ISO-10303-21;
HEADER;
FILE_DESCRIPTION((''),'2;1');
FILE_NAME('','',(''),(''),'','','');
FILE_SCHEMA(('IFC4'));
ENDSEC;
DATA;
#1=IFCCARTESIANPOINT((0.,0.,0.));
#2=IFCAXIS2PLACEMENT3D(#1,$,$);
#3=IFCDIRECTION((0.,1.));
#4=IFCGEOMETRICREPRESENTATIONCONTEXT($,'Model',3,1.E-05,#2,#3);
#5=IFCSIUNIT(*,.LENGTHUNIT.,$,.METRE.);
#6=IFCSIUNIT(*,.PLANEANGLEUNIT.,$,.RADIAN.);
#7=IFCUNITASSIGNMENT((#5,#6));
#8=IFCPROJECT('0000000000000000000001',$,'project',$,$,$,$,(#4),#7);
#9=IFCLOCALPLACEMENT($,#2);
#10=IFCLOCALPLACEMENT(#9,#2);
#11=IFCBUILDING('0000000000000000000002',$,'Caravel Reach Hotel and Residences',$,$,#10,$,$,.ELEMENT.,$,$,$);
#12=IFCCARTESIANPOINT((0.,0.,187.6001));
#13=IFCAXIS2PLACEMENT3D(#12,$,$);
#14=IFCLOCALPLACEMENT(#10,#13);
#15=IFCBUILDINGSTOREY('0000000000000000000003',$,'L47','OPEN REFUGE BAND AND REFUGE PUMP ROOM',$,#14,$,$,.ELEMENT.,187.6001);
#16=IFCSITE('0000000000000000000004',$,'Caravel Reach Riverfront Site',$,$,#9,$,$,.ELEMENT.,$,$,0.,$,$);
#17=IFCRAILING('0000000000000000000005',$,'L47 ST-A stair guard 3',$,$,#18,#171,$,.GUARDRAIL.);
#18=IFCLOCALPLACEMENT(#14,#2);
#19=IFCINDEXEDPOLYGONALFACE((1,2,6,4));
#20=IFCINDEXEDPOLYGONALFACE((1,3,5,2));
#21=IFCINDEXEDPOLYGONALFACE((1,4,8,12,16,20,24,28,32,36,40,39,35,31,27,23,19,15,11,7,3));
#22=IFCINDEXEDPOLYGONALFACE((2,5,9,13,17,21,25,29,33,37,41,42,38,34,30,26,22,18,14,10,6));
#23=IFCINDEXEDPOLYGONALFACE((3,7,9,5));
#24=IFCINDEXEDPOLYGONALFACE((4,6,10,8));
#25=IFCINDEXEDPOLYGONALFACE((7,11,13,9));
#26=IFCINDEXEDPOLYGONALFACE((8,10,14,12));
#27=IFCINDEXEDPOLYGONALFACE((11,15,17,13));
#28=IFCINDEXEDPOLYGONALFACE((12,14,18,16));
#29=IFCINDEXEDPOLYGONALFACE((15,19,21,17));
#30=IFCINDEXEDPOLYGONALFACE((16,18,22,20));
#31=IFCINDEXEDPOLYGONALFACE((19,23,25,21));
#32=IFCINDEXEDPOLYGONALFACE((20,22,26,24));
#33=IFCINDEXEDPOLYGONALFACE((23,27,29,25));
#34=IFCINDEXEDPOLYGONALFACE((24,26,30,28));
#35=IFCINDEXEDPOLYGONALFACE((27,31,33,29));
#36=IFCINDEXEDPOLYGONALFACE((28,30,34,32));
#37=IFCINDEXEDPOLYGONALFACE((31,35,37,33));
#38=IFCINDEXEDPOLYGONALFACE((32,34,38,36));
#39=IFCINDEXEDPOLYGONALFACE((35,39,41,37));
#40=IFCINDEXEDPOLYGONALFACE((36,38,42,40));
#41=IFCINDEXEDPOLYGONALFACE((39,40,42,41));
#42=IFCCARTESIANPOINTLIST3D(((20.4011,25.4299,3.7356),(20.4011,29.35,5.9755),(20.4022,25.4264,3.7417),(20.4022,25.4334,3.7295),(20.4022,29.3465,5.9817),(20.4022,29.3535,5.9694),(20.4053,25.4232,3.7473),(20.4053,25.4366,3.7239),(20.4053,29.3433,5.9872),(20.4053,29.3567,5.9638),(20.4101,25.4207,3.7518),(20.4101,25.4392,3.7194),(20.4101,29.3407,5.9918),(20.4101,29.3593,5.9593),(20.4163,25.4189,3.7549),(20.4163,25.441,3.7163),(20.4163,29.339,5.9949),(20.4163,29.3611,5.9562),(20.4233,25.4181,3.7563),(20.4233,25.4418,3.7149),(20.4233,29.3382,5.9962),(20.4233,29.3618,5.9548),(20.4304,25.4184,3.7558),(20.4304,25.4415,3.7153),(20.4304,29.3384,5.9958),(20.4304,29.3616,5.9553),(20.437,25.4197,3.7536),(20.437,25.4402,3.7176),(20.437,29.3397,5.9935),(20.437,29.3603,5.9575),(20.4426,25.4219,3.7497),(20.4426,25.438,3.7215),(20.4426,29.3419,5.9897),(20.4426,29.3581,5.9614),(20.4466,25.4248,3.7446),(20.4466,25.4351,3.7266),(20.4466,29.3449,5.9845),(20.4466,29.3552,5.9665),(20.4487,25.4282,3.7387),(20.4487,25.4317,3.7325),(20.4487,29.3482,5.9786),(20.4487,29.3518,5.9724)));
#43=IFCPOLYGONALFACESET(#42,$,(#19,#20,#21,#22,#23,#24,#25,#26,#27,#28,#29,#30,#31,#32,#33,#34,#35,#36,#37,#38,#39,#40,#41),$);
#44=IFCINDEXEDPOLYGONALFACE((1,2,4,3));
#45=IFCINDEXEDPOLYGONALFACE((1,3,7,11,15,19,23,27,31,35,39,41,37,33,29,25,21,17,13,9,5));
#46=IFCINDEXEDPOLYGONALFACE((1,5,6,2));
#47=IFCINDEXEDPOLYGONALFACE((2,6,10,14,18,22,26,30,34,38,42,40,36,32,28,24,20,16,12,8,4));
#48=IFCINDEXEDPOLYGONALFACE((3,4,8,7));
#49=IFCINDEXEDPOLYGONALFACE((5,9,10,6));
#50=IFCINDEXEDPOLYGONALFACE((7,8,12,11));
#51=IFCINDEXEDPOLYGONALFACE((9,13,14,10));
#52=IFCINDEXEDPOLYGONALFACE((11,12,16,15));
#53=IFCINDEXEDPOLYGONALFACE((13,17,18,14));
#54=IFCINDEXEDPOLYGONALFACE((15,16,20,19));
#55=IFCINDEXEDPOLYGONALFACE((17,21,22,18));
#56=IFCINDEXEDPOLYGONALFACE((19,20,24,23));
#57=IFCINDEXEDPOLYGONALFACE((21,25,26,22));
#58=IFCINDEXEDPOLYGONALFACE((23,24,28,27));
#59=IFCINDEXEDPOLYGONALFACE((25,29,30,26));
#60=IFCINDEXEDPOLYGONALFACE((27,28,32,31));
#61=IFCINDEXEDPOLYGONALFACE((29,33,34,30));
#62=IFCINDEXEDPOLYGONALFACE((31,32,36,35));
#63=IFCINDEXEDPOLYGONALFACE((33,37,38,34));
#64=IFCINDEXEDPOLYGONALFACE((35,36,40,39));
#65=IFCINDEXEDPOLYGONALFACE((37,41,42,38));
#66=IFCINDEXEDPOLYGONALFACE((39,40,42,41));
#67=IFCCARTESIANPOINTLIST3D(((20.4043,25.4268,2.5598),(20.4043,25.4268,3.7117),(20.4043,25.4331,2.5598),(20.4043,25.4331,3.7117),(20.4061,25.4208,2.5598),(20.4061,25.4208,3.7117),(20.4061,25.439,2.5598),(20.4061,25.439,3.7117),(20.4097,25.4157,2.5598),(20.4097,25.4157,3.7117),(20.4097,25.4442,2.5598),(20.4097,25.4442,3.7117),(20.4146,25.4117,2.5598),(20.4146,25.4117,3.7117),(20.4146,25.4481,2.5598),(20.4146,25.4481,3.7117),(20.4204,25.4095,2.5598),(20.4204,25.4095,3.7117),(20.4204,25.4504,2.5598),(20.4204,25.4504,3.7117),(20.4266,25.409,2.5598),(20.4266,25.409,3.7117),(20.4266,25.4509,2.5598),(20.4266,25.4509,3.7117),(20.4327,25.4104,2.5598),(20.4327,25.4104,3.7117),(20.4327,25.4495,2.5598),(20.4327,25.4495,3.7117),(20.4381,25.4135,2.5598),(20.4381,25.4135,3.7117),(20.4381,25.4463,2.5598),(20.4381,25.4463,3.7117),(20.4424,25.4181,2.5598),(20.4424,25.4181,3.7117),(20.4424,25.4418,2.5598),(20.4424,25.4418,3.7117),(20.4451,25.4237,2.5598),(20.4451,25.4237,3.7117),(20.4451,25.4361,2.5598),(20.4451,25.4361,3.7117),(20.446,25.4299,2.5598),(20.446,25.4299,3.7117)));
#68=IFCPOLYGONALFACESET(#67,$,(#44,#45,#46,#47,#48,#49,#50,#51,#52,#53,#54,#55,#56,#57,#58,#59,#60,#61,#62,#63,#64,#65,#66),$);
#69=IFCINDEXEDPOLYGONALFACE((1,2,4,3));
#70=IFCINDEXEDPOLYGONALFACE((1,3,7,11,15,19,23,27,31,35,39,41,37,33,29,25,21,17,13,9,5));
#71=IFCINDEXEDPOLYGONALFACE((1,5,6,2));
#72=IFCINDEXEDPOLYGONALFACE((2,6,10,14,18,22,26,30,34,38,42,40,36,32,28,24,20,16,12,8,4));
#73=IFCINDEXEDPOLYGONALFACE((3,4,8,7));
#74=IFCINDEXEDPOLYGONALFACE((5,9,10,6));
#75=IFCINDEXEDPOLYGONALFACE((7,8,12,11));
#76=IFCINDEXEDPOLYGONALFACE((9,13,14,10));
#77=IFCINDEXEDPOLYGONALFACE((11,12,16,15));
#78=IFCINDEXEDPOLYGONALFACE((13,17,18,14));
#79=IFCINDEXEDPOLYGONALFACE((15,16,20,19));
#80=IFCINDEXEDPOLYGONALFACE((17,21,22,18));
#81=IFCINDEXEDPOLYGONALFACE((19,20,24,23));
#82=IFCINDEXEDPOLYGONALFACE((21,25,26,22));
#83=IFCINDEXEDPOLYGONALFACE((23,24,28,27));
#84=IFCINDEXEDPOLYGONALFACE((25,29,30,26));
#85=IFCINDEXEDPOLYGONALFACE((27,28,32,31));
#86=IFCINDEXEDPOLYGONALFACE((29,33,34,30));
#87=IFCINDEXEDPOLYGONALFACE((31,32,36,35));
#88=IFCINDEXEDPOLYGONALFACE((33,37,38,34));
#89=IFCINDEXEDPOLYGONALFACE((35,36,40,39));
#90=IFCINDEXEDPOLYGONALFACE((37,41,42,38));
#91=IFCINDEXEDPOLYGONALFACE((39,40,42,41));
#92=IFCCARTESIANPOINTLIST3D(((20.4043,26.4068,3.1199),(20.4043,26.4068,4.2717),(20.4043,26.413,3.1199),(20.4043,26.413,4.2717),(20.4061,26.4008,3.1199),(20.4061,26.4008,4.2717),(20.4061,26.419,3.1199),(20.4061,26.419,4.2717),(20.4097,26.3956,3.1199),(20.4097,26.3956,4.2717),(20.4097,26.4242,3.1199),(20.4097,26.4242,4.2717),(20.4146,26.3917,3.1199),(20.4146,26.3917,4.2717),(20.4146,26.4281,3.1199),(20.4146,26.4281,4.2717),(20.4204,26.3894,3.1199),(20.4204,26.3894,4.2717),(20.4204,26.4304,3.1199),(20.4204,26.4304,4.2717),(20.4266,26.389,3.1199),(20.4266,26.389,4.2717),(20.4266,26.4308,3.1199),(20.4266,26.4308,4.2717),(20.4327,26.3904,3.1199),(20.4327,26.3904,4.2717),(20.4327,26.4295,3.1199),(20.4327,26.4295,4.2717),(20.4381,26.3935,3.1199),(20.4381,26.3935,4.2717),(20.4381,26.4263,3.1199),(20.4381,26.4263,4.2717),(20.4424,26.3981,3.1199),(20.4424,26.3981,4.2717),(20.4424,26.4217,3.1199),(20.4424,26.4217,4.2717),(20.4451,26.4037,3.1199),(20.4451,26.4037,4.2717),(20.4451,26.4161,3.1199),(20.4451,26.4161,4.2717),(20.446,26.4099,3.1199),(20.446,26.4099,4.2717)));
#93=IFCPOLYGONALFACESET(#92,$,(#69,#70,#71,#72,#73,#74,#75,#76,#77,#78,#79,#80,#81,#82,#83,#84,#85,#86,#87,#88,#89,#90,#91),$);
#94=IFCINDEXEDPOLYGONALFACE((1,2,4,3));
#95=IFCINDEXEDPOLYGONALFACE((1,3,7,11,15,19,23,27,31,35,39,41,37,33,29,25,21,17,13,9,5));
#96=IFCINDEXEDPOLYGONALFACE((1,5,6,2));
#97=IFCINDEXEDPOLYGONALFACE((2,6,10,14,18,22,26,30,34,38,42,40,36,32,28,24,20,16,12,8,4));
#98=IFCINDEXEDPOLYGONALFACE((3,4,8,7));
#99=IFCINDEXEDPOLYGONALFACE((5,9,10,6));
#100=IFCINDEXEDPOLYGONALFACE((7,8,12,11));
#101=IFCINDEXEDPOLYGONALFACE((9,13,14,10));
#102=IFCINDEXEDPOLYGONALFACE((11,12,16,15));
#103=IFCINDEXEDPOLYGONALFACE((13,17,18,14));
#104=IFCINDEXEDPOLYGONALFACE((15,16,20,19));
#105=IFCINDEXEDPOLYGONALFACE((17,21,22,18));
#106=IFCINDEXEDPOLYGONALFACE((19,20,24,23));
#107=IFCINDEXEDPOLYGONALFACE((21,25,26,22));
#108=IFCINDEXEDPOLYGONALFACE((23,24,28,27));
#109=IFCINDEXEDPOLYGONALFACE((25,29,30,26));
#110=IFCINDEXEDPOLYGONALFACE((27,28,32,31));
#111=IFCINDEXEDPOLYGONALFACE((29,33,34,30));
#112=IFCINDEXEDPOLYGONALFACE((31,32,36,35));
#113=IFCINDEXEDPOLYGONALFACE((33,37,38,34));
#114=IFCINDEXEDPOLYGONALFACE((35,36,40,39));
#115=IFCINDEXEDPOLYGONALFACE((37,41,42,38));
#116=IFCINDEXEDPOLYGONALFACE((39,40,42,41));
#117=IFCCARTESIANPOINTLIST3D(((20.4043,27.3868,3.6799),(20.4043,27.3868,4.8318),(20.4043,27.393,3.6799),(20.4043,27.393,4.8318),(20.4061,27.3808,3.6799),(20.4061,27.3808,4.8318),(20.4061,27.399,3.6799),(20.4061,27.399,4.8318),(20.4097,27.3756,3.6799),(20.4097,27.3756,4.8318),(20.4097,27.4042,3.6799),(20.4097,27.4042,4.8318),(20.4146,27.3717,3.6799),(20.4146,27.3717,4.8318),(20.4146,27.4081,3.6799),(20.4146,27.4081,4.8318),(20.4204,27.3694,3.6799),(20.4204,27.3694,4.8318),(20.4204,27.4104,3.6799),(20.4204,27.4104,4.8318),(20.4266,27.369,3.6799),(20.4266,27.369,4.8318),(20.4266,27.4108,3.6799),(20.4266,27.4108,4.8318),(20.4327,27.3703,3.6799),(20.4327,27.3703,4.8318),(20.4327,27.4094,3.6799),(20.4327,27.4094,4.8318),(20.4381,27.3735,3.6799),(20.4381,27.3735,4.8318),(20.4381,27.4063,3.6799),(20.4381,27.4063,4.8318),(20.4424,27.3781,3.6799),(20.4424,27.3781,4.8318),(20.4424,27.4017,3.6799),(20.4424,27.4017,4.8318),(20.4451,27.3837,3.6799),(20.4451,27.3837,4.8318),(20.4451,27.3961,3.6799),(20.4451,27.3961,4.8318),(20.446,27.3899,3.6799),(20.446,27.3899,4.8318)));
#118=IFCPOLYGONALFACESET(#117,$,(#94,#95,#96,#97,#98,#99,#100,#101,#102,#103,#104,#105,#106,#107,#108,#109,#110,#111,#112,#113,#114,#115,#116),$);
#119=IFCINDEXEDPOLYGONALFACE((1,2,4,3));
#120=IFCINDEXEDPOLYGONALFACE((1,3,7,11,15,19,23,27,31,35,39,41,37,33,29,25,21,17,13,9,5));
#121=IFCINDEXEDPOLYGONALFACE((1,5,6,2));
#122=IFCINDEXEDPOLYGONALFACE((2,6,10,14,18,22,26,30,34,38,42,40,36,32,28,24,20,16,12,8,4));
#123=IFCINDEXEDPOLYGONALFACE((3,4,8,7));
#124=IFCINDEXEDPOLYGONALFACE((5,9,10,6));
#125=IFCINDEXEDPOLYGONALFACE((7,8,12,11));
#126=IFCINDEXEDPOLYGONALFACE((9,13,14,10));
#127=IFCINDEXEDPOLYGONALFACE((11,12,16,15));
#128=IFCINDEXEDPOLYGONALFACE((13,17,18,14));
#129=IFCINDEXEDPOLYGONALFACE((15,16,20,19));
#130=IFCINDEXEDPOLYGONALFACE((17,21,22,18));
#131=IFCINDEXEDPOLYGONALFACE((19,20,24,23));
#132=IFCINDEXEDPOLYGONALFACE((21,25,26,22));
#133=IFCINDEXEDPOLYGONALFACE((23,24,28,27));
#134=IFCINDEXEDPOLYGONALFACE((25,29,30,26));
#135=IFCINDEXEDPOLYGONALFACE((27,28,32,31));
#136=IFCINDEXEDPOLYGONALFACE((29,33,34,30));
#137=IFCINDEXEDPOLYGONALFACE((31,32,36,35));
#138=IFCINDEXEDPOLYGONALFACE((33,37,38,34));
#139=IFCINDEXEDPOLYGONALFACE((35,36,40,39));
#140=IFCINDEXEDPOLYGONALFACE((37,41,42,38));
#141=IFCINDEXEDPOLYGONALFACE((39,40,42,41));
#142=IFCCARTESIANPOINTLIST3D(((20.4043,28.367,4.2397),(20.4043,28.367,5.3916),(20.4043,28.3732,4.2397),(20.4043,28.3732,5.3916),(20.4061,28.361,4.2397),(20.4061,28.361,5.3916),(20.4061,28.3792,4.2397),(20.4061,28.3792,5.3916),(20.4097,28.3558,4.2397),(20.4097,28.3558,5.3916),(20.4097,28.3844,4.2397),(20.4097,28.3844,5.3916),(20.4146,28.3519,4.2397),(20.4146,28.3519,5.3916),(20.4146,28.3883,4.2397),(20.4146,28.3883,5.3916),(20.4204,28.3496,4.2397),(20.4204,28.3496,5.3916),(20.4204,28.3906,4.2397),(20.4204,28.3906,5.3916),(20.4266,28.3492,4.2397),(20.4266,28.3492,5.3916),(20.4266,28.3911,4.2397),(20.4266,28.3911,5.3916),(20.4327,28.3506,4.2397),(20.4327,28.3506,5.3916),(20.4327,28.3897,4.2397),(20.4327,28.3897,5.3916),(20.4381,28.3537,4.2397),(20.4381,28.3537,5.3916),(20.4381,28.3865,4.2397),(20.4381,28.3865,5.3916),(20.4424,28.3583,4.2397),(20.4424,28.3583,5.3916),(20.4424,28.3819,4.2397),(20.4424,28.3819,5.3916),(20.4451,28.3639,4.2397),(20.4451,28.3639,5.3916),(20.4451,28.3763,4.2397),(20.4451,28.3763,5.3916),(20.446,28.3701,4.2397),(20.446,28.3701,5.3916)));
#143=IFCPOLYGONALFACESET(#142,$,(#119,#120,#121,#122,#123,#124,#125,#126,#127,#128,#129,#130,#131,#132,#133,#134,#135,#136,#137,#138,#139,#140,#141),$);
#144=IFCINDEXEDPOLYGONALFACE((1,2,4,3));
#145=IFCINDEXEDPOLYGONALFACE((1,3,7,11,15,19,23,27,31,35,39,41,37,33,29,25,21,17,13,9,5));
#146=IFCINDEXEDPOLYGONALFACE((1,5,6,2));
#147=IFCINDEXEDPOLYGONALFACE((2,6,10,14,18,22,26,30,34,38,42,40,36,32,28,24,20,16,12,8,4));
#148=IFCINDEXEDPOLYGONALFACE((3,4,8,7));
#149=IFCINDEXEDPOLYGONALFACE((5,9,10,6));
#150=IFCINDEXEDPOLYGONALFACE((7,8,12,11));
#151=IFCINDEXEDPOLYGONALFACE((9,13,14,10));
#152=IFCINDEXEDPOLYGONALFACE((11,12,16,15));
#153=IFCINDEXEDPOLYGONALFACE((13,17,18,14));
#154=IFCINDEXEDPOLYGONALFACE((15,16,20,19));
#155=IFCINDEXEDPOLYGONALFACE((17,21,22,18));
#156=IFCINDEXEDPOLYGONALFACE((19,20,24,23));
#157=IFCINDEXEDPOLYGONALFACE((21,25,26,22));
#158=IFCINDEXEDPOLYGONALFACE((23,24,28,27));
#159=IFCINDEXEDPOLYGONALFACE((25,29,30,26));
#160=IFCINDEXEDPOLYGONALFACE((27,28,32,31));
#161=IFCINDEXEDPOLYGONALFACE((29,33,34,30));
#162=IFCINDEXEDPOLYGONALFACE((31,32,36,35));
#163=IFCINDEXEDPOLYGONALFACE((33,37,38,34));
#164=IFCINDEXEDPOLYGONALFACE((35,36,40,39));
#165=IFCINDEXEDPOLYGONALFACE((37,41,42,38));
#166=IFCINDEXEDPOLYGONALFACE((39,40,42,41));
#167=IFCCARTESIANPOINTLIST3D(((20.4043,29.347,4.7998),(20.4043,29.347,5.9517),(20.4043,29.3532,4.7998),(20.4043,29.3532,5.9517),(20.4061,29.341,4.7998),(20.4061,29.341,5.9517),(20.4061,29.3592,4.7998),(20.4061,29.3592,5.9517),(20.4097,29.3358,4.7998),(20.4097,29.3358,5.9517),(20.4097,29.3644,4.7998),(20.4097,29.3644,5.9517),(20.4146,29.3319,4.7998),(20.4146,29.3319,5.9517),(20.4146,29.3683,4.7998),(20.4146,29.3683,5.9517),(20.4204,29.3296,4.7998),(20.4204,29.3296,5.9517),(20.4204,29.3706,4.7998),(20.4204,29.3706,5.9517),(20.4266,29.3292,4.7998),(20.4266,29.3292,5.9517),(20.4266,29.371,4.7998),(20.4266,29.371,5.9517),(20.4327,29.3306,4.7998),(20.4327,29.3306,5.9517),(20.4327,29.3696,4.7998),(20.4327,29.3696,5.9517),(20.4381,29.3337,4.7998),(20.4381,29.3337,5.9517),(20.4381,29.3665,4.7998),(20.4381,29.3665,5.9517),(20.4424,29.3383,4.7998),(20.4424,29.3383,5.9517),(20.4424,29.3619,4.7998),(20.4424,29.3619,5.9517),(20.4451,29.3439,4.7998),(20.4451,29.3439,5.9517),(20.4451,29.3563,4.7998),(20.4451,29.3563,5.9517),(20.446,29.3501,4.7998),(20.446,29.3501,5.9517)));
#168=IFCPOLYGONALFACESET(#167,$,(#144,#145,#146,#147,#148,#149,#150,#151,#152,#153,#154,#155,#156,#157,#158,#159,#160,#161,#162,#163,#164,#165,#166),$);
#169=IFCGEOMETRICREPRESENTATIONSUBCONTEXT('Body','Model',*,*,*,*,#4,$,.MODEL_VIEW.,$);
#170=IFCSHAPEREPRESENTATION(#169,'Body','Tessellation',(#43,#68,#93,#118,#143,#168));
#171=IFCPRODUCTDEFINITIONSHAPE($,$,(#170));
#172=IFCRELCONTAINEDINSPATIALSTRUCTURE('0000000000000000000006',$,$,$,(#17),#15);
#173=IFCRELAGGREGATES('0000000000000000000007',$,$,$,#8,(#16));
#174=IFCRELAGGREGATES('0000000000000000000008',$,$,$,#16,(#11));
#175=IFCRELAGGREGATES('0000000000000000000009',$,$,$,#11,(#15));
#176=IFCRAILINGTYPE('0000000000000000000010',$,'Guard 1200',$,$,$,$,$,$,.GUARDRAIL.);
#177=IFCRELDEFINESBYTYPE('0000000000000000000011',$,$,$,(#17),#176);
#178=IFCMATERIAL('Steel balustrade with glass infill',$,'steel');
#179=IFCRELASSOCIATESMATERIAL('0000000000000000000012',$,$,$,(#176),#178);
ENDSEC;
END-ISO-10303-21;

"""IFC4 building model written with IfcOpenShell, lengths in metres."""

from ifc_helpers import new_model, si_unit, direction, frame, origin, origin_2d, place, context, subcontext, project, spatial, circle, extrude, material, type_object, element, save


model = new_model("IFC4")

# Units and contexts
model_context = context("Model", 3, precision=1e-05, world=origin(), true_north=direction((0.0, 1.0)))
body_context = subcontext(model_context, "Body", "Model", "MODEL_VIEW")
ifc_project = project(units=[si_unit("LENGTHUNIT", "METRE"), si_unit("PLANEANGLEUNIT", "RADIAN")], contexts=[model_context])

# Site, building, storey
site_placement = place(None, origin())
site = spatial("IfcSite", under=ifc_project, at=site_placement, Name="Caravel Reach Riverfront Site", CompositionType="ELEMENT", RefElevation=0.0)
building_placement = place(site_placement, origin())
building = spatial("IfcBuilding", under=site, at=building_placement, Name="Caravel Reach Hotel and Residences", CompositionType="ELEMENT")
storey_placement = place(building_placement, frame((0.0, 0.0, 187.6001)))
storey = spatial("IfcBuildingStorey", under=building, at=storey_placement, Name="L47", Description="OPEN REFUGE BAND AND REFUGE PUMP ROOM", CompositionType="ELEMENT", Elevation=187.6001)

# Railing
ifc_material_1 = material(Name="Steel balustrade with glass infill", Category="steel")
railing_type_1 = type_object("IfcRailingType", Name="Guard 1200", PredefinedType="GUARDRAIL", material=ifc_material_1)
railing_1_placement = place(storey_placement, frame((20.425, 25.4299, 2.5598)))
element("IfcRailing", 1, at=railing_1_placement, inside=storey, type_object=railing_type_1, Name="L47 ST-A stair guard 3", PredefinedType="GUARDRAIL", context=body_context, shape_type="SweptSolid", body=[
    extrude(circle(Radius=0.0239, at=origin_2d()), frame((0.0, 0.0, 1.1758), z_axis=(0.0, 0.868253, 0.496121), x_axis=(-1.0, 0.0, 0.0)), (0.0, 0.0, 1.0), 4.5149),
    extrude(circle(Radius=0.021, at=origin_2d()), origin(), (0.0, 0.0, 1.0), 1.1519),
    extrude(circle(Radius=0.021, at=origin_2d()), frame((0.0, 0.98, 0.5601)), (0.0, 0.0, 1.0), 1.1519),
    extrude(circle(Radius=0.021, at=origin_2d()), frame((0.0, 1.96, 1.1201)), (0.0, 0.0, 1.0), 1.1519),
    extrude(circle(Radius=0.021, at=origin_2d()), frame((0.0, 2.9402, 1.6799)), (0.0, 0.0, 1.0), 1.1519),
    extrude(circle(Radius=0.021, at=origin_2d()), frame((0.0, 3.9202, 2.24)), (0.0, 0.0, 1.0), 1.1519),
])

save(model, "model.ifc")
